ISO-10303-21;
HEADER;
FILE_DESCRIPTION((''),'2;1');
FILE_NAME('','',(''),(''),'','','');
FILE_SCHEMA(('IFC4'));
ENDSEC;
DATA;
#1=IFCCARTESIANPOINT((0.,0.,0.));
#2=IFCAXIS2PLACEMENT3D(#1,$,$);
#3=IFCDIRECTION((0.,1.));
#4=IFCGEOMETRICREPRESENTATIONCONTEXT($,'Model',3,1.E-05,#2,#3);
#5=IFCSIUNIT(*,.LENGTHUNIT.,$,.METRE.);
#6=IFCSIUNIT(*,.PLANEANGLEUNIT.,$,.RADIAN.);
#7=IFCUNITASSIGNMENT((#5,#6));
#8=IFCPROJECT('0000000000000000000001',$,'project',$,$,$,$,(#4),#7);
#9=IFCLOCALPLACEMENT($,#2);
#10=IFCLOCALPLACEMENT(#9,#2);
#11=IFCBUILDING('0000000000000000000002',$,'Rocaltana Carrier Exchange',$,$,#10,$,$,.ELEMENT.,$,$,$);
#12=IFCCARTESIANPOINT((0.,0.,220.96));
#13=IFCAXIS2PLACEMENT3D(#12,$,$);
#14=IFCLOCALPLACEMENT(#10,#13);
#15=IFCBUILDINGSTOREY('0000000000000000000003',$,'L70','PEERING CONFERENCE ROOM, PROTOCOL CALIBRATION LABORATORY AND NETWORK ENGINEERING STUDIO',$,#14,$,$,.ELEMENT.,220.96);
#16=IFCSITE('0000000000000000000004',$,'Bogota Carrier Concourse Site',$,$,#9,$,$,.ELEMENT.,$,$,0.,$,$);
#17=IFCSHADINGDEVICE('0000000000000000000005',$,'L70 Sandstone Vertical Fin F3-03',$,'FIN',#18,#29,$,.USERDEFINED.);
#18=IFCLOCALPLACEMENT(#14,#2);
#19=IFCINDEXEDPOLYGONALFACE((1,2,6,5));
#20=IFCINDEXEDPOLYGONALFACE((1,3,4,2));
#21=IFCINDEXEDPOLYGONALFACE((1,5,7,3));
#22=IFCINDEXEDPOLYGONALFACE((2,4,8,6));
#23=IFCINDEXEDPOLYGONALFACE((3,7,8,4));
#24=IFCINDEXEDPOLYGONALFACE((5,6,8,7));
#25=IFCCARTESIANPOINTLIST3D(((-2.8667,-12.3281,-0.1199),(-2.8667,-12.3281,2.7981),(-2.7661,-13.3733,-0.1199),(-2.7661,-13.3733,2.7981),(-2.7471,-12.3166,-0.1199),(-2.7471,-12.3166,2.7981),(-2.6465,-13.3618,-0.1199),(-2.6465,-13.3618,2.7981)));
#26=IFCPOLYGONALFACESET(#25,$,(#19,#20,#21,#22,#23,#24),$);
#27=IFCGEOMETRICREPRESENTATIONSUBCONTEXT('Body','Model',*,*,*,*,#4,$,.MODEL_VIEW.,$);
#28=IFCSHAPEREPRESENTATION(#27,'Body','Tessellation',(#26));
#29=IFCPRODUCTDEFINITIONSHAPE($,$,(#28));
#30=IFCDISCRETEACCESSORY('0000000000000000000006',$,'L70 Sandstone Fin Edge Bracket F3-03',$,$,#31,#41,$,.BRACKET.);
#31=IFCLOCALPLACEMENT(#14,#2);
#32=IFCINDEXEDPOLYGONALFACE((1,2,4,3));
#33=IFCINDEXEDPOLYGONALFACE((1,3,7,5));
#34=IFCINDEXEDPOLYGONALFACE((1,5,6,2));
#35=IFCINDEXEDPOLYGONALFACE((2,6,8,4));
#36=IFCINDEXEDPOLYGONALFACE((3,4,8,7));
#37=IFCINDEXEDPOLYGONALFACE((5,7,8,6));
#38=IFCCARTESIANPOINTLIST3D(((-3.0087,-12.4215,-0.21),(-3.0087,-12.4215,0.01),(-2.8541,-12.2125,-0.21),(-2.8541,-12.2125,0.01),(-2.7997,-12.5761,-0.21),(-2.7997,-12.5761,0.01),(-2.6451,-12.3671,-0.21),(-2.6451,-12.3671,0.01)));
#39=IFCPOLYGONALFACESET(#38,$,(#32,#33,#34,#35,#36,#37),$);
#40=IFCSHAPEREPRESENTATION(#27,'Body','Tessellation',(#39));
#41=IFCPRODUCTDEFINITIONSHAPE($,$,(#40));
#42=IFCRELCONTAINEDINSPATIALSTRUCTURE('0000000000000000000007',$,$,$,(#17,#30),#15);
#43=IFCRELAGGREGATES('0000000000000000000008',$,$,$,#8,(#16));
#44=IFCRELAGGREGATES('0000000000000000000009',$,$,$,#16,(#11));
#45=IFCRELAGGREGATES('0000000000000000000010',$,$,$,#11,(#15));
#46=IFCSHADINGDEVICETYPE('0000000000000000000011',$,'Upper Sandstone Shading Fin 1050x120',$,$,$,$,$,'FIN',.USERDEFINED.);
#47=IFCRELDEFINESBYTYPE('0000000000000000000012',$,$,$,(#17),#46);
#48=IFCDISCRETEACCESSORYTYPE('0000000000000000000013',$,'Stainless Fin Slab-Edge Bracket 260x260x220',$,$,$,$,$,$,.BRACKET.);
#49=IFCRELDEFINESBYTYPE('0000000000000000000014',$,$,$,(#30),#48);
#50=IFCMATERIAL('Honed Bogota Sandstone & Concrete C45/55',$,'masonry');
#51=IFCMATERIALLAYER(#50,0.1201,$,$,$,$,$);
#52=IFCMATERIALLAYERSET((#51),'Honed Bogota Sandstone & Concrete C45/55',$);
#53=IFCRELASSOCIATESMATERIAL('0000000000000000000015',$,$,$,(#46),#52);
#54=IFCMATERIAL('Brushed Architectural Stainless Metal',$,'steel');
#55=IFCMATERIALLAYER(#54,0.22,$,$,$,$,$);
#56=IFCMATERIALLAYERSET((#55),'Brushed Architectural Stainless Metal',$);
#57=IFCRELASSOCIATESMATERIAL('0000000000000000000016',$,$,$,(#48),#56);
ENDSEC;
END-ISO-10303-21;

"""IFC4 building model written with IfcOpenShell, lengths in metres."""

from ifc_helpers import new_model, si_unit, direction, frame, origin, origin_2d, place, context, subcontext, project, spatial, rectangle, extrude, material, layer, layer_set, type_object, element, save


model = new_model("IFC4")

# Units and contexts
model_context = context("Model", 3, precision=1e-05, world=origin(), true_north=direction((0.0, 1.0)))
body_context = subcontext(model_context, "Body", "Model", "MODEL_VIEW")
ifc_project = project(units=[si_unit("LENGTHUNIT", "METRE"), si_unit("PLANEANGLEUNIT", "RADIAN")], contexts=[model_context])

# Site, building, storey
site_placement = place(None, origin())
site = spatial("IfcSite", under=ifc_project, at=site_placement, Name="Bogota Carrier Concourse Site", CompositionType="ELEMENT", RefElevation=0.0)
building_placement = place(site_placement, origin())
building = spatial("IfcBuilding", under=site, at=building_placement, Name="Rocaltana Carrier Exchange", CompositionType="ELEMENT")
storey_placement = place(building_placement, frame((0.0, 0.0, 220.96)))
storey = spatial("IfcBuildingStorey", under=building, at=storey_placement, Name="L70", Description="PEERING CONFERENCE ROOM, PROTOCOL CALIBRATION LABORATORY AND NETWORK ENGINEERING STUDIO", CompositionType="ELEMENT", Elevation=220.96)

# Shading device
ifc_material_1 = material(Name="Honed Bogota Sandstone & Concrete C45/55", Category="masonry")
ifc_layer_1 = layer(ifc_material_1, 0.1201)
ifc_layer_set_1 = layer_set([ifc_layer_1], Name="Honed Bogota Sandstone & Concrete C45/55")
shading_device_type = type_object("IfcShadingDeviceType", Name="Upper Sandstone Shading Fin 1050x120", ElementType="FIN", PredefinedType="USERDEFINED", material=ifc_layer_set_1)
shading_device_placement = place(storey_placement, frame((-2.7566, -12.845, -0.1199), z_axis=(0.0, 0.0, 1.0), x_axis=(0.095846, -0.995396, 0.0)))
element("IfcShadingDevice", 1, at=shading_device_placement, inside=storey, type_object=shading_device_type, Name="L70 Sandstone Vertical Fin F3-03", ObjectType="FIN", PredefinedType="USERDEFINED", context=body_context, shape_type="SweptSolid", body=[
    extrude(rectangle(XDim=1.05, YDim=0.1201, at=origin_2d()), origin(), (0.0, 0.0, 1.0), 2.918),
])

# Discrete accessory
ifc_material_2 = material(Name="Brushed Architectural Stainless Metal", Category="steel")
ifc_layer_2 = layer(ifc_material_2, 0.22)
ifc_layer_set_2 = layer_set([ifc_layer_2], Name="Brushed Architectural Stainless Metal")
discrete_accessory_type = type_object("IfcDiscreteAccessoryType", Name="Stainless Fin Slab-Edge Bracket 260x260x220", PredefinedType="BRACKET", material=ifc_layer_set_2)
discrete_accessory_placement = place(storey_placement, frame((-2.8269, -12.3943, -0.21), z_axis=(0.0, 0.0, 1.0), x_axis=(0.803857, -0.594823, 0.0)))
element("IfcDiscreteAccessory", 2, at=discrete_accessory_placement, inside=storey, type_object=discrete_accessory_type, Name="L70 Sandstone Fin Edge Bracket F3-03", PredefinedType="BRACKET", context=body_context, shape_type="SweptSolid", body=[
    extrude(rectangle(XDim=0.26, YDim=0.26, at=origin_2d()), origin(), (0.0, 0.0, 1.0), 0.22),
])

save(model, "model.ifc")
